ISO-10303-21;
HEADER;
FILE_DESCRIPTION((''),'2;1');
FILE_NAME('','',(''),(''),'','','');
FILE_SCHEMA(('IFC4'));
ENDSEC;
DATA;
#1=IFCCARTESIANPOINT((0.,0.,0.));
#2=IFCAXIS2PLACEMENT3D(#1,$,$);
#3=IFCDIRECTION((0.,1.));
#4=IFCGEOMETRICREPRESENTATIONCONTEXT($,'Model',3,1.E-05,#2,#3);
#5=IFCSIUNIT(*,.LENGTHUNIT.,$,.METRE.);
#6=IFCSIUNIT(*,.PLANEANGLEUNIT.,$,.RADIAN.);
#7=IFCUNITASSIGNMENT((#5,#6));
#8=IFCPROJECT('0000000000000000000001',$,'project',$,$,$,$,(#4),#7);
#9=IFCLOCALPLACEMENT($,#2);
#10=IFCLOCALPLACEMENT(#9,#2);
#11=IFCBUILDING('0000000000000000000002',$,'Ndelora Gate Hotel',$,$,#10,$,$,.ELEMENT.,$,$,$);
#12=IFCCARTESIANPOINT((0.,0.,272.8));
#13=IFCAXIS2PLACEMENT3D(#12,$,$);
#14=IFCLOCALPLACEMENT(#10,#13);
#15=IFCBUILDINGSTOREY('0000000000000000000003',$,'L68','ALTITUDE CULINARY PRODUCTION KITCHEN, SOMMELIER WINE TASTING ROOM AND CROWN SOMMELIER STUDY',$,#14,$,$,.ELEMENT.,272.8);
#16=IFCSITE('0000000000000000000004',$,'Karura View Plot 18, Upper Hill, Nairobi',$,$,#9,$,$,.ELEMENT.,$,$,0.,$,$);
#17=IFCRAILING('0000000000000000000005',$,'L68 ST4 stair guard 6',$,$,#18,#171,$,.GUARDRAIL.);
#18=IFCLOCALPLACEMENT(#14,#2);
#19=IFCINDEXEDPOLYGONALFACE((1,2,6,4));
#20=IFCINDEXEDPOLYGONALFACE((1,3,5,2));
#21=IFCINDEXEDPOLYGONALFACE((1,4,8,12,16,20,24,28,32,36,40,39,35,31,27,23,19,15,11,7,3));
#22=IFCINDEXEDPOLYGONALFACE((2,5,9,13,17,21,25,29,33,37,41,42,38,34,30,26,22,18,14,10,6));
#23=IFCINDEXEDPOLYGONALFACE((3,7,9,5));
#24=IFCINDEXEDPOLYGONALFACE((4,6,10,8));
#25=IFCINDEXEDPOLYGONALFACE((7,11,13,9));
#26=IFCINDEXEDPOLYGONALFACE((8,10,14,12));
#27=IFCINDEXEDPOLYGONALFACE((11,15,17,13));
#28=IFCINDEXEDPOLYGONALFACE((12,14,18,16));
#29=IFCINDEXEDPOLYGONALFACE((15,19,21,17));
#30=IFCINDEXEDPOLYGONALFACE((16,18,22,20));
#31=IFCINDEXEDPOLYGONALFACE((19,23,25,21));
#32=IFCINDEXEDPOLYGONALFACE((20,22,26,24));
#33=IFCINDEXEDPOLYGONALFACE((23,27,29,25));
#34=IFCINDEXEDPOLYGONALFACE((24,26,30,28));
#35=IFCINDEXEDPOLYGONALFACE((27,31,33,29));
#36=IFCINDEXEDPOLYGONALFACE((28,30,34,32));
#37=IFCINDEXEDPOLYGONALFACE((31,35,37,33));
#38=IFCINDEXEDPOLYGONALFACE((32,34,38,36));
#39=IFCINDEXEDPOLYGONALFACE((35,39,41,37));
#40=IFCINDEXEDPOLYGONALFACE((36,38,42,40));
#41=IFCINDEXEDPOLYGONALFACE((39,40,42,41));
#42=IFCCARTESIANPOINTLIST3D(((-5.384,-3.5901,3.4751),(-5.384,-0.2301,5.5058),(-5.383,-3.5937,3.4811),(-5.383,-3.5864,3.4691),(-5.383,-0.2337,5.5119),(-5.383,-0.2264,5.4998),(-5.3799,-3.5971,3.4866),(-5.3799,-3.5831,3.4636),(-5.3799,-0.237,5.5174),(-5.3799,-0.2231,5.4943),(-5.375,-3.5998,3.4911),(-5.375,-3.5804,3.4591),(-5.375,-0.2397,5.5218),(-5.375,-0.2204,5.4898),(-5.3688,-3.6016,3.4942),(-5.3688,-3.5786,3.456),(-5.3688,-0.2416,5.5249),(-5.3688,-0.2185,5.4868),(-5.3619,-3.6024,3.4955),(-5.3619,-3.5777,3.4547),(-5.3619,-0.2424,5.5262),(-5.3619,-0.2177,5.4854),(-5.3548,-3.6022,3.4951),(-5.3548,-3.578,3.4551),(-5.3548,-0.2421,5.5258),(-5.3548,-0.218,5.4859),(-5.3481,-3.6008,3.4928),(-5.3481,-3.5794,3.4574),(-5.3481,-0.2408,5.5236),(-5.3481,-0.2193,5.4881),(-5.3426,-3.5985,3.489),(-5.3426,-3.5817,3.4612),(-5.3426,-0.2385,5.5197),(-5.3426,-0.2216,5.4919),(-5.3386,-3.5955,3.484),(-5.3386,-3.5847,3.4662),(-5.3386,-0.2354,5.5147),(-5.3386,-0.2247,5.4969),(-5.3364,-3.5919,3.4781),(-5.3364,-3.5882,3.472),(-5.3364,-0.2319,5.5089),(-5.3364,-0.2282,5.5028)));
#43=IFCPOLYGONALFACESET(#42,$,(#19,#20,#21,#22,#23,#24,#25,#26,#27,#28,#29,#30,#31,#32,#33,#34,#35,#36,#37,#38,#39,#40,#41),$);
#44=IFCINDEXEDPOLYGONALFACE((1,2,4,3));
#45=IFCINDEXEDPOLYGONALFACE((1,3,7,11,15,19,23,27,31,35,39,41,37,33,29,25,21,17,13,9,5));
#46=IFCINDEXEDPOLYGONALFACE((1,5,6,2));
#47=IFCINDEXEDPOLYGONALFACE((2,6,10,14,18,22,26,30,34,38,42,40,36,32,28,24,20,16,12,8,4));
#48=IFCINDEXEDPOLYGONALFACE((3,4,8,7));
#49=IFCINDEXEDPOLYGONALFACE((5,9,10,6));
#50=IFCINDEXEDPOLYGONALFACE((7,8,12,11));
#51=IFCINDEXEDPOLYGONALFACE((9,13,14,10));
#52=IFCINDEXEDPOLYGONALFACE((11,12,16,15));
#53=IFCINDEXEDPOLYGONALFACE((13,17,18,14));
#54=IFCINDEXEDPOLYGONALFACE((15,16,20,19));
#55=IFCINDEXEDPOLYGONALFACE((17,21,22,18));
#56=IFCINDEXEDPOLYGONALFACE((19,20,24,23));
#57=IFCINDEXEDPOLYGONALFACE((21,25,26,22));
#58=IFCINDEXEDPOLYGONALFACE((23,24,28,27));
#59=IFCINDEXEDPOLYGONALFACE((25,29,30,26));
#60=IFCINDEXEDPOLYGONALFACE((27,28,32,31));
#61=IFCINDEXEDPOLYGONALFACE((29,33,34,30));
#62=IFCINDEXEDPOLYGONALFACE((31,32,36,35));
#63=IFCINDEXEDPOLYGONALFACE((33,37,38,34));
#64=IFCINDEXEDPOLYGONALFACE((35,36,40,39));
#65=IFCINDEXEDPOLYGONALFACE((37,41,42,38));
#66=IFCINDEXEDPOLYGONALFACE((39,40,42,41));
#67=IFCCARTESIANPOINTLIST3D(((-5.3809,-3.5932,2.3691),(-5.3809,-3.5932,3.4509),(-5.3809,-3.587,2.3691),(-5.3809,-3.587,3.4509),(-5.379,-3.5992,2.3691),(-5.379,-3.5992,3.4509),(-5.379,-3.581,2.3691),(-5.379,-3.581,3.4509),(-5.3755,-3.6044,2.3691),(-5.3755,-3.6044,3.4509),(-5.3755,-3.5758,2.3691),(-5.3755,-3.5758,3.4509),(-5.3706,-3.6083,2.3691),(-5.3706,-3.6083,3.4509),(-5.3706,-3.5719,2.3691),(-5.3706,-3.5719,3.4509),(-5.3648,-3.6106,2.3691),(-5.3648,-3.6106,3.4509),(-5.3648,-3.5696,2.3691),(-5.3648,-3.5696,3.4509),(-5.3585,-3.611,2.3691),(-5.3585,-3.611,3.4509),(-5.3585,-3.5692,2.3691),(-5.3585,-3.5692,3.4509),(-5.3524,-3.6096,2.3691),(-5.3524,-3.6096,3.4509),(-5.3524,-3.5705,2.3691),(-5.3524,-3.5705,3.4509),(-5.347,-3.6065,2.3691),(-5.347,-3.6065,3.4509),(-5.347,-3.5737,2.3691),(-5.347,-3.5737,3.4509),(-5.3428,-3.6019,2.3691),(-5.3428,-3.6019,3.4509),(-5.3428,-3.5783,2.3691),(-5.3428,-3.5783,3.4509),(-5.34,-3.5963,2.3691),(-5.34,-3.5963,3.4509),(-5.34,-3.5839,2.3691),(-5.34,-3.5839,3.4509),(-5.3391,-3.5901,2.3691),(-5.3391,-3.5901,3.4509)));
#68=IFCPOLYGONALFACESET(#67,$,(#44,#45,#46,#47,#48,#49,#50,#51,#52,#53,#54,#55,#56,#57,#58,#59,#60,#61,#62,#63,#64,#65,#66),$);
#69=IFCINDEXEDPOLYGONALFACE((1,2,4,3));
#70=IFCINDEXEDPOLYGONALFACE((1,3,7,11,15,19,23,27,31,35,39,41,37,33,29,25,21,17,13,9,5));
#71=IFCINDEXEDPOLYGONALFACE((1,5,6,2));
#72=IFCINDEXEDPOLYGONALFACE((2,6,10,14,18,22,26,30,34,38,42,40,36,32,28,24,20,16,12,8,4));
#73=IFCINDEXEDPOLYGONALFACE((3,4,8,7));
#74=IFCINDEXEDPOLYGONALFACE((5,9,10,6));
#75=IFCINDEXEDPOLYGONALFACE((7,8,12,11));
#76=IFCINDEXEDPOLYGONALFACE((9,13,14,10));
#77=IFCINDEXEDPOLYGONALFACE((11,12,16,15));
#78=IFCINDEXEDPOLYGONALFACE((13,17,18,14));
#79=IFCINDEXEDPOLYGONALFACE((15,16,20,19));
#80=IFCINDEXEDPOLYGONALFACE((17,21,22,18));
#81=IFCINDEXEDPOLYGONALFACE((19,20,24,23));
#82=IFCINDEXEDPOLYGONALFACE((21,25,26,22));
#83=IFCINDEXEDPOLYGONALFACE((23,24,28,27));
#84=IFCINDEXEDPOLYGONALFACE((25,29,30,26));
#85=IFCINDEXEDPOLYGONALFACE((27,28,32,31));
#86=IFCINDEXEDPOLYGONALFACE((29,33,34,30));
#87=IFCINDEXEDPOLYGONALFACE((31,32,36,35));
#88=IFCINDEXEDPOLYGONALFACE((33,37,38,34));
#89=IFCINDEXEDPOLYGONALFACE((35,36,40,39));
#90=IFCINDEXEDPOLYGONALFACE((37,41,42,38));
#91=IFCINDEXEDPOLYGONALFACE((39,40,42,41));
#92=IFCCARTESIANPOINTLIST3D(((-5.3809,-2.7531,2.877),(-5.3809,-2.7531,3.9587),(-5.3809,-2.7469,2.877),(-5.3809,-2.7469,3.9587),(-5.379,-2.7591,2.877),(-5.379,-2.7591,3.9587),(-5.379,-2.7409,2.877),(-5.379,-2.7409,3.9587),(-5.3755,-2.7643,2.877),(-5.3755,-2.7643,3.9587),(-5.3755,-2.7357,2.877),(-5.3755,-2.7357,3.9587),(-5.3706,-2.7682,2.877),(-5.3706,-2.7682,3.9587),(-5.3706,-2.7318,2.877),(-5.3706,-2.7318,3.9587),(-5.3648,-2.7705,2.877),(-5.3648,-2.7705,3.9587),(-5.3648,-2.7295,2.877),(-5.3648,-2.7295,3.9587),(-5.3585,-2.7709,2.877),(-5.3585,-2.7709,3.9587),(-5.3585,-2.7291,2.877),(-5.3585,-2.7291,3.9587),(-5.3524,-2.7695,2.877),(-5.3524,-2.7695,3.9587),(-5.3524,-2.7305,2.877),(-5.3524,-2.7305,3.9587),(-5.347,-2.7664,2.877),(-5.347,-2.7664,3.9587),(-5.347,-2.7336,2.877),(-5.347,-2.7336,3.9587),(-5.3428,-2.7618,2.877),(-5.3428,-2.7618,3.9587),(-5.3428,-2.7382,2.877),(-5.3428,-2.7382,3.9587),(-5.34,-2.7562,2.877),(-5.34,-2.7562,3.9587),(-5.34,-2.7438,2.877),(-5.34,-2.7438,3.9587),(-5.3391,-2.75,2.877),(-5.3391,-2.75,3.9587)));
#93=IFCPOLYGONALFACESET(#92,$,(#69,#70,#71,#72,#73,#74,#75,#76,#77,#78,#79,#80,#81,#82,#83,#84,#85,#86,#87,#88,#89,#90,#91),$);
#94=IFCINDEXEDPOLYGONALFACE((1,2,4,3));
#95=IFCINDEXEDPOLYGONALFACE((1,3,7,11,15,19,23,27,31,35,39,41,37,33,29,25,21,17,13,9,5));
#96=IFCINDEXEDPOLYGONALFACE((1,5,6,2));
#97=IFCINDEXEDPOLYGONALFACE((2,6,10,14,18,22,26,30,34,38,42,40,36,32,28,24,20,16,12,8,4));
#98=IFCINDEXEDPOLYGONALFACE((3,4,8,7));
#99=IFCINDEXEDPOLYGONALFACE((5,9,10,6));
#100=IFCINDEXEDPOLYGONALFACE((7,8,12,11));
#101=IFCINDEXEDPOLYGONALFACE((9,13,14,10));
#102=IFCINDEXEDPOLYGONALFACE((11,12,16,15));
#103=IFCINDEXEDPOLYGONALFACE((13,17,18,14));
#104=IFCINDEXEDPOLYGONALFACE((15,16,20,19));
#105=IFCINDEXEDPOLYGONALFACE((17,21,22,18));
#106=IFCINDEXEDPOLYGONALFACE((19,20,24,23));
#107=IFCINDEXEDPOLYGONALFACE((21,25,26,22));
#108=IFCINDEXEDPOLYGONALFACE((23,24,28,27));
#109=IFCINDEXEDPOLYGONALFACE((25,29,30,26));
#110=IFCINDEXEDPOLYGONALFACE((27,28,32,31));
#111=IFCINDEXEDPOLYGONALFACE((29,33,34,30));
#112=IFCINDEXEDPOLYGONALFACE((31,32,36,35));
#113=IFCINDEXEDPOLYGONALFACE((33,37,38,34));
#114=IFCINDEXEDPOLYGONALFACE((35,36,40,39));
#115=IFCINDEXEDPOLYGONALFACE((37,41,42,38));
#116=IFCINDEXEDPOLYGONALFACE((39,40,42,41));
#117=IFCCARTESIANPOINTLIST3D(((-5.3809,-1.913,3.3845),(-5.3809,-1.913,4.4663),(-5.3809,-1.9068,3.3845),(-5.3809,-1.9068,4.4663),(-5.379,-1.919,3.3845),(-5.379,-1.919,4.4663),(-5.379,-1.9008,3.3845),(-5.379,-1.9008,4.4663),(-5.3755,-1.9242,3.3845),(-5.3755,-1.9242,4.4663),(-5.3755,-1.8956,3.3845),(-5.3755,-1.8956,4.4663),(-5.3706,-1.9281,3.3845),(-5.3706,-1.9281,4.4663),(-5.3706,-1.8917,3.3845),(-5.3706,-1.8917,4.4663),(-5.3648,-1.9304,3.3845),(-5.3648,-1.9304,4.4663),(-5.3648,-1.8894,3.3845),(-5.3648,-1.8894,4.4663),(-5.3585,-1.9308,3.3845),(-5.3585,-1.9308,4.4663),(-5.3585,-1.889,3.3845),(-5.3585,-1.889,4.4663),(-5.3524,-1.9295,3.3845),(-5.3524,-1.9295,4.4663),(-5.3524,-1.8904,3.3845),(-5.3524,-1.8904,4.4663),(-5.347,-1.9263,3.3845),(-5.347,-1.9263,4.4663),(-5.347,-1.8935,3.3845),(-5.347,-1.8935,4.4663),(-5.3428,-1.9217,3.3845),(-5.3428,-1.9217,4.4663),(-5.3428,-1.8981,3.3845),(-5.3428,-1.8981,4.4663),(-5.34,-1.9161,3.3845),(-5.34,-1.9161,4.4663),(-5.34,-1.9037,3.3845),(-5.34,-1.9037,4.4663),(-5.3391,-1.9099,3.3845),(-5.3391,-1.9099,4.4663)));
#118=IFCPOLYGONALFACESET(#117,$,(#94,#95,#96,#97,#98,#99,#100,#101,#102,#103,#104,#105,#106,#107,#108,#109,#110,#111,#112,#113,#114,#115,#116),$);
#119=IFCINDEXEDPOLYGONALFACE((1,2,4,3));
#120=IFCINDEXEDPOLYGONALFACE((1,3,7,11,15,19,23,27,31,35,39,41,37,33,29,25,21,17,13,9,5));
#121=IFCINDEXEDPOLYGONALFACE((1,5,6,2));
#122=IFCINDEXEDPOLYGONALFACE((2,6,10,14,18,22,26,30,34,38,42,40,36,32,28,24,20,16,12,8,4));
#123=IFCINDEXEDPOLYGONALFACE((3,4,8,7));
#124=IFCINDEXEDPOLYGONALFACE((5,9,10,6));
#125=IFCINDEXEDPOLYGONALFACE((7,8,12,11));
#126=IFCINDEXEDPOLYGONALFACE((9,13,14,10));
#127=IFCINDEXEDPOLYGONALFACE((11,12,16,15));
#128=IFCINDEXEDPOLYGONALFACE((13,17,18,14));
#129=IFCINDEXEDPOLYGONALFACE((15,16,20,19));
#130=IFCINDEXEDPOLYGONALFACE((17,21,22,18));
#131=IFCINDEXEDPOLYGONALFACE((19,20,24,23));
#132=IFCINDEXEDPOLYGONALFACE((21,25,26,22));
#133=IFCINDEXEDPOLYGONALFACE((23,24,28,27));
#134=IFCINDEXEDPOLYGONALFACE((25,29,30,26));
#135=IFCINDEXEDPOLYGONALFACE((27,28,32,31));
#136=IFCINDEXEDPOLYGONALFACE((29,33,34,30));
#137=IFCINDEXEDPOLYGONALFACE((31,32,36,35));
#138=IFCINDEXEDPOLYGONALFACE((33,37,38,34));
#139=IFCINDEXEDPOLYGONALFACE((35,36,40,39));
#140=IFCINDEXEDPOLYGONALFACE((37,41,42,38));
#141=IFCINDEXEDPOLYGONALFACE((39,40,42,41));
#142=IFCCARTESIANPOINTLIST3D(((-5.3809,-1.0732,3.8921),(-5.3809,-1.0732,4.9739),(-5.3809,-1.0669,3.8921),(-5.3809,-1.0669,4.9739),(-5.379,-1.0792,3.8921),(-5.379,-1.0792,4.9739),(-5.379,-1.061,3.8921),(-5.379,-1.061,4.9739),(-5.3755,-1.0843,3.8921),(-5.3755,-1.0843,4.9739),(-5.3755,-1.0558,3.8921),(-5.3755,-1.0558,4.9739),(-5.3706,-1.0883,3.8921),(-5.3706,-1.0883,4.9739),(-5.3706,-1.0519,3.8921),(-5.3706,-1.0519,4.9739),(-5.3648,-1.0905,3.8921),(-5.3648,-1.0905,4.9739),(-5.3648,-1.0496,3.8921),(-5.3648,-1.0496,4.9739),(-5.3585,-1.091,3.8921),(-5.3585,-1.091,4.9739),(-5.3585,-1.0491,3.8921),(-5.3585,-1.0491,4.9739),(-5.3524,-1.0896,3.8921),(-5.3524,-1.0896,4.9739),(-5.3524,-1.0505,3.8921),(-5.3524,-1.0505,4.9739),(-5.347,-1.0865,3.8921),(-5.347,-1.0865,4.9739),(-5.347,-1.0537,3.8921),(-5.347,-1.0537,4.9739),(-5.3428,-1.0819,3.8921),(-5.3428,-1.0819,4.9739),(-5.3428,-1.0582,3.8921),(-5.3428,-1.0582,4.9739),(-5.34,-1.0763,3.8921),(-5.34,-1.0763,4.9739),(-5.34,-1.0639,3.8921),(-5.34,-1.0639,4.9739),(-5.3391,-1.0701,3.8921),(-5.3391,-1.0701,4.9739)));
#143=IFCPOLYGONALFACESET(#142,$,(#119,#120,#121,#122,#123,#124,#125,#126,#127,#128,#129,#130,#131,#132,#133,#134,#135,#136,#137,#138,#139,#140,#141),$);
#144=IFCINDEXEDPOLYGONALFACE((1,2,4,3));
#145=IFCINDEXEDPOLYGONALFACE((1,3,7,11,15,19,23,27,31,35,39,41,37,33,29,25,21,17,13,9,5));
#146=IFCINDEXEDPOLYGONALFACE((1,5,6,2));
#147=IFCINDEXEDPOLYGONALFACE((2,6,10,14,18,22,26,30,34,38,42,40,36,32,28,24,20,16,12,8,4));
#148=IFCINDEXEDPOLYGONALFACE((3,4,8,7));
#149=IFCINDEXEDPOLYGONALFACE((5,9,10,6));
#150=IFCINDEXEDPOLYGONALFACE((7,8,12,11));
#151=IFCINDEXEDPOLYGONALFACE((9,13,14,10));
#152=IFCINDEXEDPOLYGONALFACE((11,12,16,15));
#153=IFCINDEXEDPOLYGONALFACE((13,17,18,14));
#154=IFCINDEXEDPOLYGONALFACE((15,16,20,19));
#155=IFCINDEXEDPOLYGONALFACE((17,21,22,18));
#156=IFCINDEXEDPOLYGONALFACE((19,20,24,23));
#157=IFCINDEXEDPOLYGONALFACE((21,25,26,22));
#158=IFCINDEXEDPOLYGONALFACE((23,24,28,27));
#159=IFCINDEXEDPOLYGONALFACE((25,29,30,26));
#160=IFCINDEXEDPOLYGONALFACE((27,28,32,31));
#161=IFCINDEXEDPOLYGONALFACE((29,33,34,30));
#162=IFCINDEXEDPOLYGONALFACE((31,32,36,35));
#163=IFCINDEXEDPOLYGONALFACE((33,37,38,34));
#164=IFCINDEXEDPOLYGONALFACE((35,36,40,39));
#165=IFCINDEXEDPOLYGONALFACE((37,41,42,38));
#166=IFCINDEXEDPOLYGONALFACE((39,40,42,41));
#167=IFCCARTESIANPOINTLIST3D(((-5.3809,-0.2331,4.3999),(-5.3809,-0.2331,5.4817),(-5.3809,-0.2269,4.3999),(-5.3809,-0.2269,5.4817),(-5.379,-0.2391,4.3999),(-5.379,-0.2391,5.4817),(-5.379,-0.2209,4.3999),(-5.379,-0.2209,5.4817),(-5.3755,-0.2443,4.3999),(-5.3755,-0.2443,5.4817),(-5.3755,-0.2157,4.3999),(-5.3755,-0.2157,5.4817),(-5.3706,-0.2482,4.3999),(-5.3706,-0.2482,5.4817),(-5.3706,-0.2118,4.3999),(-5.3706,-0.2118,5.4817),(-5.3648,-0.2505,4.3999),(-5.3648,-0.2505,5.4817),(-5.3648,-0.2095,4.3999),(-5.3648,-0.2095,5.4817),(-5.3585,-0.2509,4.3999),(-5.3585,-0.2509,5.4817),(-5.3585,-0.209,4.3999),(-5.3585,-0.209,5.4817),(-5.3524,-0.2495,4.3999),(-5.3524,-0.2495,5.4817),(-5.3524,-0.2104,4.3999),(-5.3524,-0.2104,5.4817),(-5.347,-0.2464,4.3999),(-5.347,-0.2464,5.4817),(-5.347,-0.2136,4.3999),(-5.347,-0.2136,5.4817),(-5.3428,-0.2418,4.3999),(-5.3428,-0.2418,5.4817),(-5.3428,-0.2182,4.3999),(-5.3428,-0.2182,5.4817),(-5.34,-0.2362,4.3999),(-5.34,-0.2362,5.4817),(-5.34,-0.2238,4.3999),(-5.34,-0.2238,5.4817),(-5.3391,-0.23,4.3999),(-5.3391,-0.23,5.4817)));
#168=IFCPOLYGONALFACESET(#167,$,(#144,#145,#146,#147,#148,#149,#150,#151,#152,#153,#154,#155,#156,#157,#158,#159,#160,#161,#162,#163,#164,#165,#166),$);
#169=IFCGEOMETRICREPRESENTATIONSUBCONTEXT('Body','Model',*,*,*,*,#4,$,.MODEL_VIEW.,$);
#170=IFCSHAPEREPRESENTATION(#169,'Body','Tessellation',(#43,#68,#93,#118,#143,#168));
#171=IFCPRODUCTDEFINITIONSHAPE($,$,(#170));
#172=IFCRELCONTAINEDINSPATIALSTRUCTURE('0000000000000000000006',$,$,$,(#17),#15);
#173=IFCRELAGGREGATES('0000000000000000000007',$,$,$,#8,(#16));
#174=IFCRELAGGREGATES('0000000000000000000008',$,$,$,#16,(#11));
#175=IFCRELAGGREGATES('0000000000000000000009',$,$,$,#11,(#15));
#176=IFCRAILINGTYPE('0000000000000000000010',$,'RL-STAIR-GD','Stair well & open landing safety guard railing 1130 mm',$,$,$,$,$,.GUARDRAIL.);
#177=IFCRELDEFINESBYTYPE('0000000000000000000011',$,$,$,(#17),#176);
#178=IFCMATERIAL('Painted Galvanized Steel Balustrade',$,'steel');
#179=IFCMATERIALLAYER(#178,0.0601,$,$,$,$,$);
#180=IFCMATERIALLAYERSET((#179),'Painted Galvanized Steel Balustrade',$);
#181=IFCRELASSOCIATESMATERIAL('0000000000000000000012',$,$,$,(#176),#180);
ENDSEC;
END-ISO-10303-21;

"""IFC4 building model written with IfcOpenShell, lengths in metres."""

from ifc_helpers import new_model, si_unit, direction, frame, origin, origin_2d, place, context, subcontext, project, spatial, circle, extrude, material, layer, layer_set, type_object, element, save


model = new_model("IFC4")

# Units and contexts
model_context = context("Model", 3, precision=1e-05, world=origin(), true_north=direction((0.0, 1.0)))
body_context = subcontext(model_context, "Body", "Model", "MODEL_VIEW")
ifc_project = project(units=[si_unit("LENGTHUNIT", "METRE"), si_unit("PLANEANGLEUNIT", "RADIAN")], contexts=[model_context])

# Site, building, storey
site_placement = place(None, origin())
site = spatial("IfcSite", under=ifc_project, at=site_placement, Name="Karura View Plot 18, Upper Hill, Nairobi", CompositionType="ELEMENT", RefElevation=0.0)
building_placement = place(site_placement, origin())
building = spatial("IfcBuilding", under=site, at=building_placement, Name="Ndelora Gate Hotel", CompositionType="ELEMENT")
storey_placement = place(building_placement, frame((0.0, 0.0, 272.8)))
storey = spatial("IfcBuildingStorey", under=building, at=storey_placement, Name="L68", Description="ALTITUDE CULINARY PRODUCTION KITCHEN, SOMMELIER WINE TASTING ROOM AND CROWN SOMMELIER STUDY", CompositionType="ELEMENT", Elevation=272.8)

# Railing
ifc_material_1 = material(Name="Painted Galvanized Steel Balustrade", Category="steel")
ifc_layer_1 = layer(ifc_material_1, 0.0601)
ifc_layer_set_1 = layer_set([ifc_layer_1], Name="Painted Galvanized Steel Balustrade")
railing_type_1 = type_object("IfcRailingType", Name="RL-STAIR-GD", Description="Stair well & open landing safety guard railing 1130 mm", PredefinedType="GUARDRAIL", material=ifc_layer_set_1)
railing_1_placement = place(storey_placement, frame((-5.3601, -3.5901, 2.3691)))
element("IfcRailing", 1, at=railing_1_placement, inside=storey, type_object=railing_type_1, Name="L68 ST4 stair guard 6", PredefinedType="GUARDRAIL", context=body_context, shape_type="SweptSolid", body=[
    extrude(circle(Radius=0.0239, at=origin_2d()), frame((0.0, 0.0, 1.106), z_axis=(0.0, 0.855837, 0.517246), x_axis=(-1.0, 0.0, 0.0)), (0.0, 0.0, 1.0), 3.926),
    extrude(circle(Radius=0.021, at=origin_2d()), origin(), (0.0, 0.0, 1.0), 1.0818),
    extrude(circle(Radius=0.021, at=origin_2d()), frame((0.0, 0.8401, 0.5078)), (0.0, 0.0, 1.0), 1.0818),
    extrude(circle(Radius=0.021, at=origin_2d()), frame((0.0, 1.6802, 1.0154)), (0.0, 0.0, 1.0), 1.0818),
    extrude(circle(Radius=0.021, at=origin_2d()), frame((0.0, 2.52, 1.5229)), (0.0, 0.0, 1.0), 1.0818),
    extrude(circle(Radius=0.021, at=origin_2d()), frame((0.0, 3.3601, 2.0308)), (0.0, 0.0, 1.0), 1.0818),
])

save(model, "model.ifc")
